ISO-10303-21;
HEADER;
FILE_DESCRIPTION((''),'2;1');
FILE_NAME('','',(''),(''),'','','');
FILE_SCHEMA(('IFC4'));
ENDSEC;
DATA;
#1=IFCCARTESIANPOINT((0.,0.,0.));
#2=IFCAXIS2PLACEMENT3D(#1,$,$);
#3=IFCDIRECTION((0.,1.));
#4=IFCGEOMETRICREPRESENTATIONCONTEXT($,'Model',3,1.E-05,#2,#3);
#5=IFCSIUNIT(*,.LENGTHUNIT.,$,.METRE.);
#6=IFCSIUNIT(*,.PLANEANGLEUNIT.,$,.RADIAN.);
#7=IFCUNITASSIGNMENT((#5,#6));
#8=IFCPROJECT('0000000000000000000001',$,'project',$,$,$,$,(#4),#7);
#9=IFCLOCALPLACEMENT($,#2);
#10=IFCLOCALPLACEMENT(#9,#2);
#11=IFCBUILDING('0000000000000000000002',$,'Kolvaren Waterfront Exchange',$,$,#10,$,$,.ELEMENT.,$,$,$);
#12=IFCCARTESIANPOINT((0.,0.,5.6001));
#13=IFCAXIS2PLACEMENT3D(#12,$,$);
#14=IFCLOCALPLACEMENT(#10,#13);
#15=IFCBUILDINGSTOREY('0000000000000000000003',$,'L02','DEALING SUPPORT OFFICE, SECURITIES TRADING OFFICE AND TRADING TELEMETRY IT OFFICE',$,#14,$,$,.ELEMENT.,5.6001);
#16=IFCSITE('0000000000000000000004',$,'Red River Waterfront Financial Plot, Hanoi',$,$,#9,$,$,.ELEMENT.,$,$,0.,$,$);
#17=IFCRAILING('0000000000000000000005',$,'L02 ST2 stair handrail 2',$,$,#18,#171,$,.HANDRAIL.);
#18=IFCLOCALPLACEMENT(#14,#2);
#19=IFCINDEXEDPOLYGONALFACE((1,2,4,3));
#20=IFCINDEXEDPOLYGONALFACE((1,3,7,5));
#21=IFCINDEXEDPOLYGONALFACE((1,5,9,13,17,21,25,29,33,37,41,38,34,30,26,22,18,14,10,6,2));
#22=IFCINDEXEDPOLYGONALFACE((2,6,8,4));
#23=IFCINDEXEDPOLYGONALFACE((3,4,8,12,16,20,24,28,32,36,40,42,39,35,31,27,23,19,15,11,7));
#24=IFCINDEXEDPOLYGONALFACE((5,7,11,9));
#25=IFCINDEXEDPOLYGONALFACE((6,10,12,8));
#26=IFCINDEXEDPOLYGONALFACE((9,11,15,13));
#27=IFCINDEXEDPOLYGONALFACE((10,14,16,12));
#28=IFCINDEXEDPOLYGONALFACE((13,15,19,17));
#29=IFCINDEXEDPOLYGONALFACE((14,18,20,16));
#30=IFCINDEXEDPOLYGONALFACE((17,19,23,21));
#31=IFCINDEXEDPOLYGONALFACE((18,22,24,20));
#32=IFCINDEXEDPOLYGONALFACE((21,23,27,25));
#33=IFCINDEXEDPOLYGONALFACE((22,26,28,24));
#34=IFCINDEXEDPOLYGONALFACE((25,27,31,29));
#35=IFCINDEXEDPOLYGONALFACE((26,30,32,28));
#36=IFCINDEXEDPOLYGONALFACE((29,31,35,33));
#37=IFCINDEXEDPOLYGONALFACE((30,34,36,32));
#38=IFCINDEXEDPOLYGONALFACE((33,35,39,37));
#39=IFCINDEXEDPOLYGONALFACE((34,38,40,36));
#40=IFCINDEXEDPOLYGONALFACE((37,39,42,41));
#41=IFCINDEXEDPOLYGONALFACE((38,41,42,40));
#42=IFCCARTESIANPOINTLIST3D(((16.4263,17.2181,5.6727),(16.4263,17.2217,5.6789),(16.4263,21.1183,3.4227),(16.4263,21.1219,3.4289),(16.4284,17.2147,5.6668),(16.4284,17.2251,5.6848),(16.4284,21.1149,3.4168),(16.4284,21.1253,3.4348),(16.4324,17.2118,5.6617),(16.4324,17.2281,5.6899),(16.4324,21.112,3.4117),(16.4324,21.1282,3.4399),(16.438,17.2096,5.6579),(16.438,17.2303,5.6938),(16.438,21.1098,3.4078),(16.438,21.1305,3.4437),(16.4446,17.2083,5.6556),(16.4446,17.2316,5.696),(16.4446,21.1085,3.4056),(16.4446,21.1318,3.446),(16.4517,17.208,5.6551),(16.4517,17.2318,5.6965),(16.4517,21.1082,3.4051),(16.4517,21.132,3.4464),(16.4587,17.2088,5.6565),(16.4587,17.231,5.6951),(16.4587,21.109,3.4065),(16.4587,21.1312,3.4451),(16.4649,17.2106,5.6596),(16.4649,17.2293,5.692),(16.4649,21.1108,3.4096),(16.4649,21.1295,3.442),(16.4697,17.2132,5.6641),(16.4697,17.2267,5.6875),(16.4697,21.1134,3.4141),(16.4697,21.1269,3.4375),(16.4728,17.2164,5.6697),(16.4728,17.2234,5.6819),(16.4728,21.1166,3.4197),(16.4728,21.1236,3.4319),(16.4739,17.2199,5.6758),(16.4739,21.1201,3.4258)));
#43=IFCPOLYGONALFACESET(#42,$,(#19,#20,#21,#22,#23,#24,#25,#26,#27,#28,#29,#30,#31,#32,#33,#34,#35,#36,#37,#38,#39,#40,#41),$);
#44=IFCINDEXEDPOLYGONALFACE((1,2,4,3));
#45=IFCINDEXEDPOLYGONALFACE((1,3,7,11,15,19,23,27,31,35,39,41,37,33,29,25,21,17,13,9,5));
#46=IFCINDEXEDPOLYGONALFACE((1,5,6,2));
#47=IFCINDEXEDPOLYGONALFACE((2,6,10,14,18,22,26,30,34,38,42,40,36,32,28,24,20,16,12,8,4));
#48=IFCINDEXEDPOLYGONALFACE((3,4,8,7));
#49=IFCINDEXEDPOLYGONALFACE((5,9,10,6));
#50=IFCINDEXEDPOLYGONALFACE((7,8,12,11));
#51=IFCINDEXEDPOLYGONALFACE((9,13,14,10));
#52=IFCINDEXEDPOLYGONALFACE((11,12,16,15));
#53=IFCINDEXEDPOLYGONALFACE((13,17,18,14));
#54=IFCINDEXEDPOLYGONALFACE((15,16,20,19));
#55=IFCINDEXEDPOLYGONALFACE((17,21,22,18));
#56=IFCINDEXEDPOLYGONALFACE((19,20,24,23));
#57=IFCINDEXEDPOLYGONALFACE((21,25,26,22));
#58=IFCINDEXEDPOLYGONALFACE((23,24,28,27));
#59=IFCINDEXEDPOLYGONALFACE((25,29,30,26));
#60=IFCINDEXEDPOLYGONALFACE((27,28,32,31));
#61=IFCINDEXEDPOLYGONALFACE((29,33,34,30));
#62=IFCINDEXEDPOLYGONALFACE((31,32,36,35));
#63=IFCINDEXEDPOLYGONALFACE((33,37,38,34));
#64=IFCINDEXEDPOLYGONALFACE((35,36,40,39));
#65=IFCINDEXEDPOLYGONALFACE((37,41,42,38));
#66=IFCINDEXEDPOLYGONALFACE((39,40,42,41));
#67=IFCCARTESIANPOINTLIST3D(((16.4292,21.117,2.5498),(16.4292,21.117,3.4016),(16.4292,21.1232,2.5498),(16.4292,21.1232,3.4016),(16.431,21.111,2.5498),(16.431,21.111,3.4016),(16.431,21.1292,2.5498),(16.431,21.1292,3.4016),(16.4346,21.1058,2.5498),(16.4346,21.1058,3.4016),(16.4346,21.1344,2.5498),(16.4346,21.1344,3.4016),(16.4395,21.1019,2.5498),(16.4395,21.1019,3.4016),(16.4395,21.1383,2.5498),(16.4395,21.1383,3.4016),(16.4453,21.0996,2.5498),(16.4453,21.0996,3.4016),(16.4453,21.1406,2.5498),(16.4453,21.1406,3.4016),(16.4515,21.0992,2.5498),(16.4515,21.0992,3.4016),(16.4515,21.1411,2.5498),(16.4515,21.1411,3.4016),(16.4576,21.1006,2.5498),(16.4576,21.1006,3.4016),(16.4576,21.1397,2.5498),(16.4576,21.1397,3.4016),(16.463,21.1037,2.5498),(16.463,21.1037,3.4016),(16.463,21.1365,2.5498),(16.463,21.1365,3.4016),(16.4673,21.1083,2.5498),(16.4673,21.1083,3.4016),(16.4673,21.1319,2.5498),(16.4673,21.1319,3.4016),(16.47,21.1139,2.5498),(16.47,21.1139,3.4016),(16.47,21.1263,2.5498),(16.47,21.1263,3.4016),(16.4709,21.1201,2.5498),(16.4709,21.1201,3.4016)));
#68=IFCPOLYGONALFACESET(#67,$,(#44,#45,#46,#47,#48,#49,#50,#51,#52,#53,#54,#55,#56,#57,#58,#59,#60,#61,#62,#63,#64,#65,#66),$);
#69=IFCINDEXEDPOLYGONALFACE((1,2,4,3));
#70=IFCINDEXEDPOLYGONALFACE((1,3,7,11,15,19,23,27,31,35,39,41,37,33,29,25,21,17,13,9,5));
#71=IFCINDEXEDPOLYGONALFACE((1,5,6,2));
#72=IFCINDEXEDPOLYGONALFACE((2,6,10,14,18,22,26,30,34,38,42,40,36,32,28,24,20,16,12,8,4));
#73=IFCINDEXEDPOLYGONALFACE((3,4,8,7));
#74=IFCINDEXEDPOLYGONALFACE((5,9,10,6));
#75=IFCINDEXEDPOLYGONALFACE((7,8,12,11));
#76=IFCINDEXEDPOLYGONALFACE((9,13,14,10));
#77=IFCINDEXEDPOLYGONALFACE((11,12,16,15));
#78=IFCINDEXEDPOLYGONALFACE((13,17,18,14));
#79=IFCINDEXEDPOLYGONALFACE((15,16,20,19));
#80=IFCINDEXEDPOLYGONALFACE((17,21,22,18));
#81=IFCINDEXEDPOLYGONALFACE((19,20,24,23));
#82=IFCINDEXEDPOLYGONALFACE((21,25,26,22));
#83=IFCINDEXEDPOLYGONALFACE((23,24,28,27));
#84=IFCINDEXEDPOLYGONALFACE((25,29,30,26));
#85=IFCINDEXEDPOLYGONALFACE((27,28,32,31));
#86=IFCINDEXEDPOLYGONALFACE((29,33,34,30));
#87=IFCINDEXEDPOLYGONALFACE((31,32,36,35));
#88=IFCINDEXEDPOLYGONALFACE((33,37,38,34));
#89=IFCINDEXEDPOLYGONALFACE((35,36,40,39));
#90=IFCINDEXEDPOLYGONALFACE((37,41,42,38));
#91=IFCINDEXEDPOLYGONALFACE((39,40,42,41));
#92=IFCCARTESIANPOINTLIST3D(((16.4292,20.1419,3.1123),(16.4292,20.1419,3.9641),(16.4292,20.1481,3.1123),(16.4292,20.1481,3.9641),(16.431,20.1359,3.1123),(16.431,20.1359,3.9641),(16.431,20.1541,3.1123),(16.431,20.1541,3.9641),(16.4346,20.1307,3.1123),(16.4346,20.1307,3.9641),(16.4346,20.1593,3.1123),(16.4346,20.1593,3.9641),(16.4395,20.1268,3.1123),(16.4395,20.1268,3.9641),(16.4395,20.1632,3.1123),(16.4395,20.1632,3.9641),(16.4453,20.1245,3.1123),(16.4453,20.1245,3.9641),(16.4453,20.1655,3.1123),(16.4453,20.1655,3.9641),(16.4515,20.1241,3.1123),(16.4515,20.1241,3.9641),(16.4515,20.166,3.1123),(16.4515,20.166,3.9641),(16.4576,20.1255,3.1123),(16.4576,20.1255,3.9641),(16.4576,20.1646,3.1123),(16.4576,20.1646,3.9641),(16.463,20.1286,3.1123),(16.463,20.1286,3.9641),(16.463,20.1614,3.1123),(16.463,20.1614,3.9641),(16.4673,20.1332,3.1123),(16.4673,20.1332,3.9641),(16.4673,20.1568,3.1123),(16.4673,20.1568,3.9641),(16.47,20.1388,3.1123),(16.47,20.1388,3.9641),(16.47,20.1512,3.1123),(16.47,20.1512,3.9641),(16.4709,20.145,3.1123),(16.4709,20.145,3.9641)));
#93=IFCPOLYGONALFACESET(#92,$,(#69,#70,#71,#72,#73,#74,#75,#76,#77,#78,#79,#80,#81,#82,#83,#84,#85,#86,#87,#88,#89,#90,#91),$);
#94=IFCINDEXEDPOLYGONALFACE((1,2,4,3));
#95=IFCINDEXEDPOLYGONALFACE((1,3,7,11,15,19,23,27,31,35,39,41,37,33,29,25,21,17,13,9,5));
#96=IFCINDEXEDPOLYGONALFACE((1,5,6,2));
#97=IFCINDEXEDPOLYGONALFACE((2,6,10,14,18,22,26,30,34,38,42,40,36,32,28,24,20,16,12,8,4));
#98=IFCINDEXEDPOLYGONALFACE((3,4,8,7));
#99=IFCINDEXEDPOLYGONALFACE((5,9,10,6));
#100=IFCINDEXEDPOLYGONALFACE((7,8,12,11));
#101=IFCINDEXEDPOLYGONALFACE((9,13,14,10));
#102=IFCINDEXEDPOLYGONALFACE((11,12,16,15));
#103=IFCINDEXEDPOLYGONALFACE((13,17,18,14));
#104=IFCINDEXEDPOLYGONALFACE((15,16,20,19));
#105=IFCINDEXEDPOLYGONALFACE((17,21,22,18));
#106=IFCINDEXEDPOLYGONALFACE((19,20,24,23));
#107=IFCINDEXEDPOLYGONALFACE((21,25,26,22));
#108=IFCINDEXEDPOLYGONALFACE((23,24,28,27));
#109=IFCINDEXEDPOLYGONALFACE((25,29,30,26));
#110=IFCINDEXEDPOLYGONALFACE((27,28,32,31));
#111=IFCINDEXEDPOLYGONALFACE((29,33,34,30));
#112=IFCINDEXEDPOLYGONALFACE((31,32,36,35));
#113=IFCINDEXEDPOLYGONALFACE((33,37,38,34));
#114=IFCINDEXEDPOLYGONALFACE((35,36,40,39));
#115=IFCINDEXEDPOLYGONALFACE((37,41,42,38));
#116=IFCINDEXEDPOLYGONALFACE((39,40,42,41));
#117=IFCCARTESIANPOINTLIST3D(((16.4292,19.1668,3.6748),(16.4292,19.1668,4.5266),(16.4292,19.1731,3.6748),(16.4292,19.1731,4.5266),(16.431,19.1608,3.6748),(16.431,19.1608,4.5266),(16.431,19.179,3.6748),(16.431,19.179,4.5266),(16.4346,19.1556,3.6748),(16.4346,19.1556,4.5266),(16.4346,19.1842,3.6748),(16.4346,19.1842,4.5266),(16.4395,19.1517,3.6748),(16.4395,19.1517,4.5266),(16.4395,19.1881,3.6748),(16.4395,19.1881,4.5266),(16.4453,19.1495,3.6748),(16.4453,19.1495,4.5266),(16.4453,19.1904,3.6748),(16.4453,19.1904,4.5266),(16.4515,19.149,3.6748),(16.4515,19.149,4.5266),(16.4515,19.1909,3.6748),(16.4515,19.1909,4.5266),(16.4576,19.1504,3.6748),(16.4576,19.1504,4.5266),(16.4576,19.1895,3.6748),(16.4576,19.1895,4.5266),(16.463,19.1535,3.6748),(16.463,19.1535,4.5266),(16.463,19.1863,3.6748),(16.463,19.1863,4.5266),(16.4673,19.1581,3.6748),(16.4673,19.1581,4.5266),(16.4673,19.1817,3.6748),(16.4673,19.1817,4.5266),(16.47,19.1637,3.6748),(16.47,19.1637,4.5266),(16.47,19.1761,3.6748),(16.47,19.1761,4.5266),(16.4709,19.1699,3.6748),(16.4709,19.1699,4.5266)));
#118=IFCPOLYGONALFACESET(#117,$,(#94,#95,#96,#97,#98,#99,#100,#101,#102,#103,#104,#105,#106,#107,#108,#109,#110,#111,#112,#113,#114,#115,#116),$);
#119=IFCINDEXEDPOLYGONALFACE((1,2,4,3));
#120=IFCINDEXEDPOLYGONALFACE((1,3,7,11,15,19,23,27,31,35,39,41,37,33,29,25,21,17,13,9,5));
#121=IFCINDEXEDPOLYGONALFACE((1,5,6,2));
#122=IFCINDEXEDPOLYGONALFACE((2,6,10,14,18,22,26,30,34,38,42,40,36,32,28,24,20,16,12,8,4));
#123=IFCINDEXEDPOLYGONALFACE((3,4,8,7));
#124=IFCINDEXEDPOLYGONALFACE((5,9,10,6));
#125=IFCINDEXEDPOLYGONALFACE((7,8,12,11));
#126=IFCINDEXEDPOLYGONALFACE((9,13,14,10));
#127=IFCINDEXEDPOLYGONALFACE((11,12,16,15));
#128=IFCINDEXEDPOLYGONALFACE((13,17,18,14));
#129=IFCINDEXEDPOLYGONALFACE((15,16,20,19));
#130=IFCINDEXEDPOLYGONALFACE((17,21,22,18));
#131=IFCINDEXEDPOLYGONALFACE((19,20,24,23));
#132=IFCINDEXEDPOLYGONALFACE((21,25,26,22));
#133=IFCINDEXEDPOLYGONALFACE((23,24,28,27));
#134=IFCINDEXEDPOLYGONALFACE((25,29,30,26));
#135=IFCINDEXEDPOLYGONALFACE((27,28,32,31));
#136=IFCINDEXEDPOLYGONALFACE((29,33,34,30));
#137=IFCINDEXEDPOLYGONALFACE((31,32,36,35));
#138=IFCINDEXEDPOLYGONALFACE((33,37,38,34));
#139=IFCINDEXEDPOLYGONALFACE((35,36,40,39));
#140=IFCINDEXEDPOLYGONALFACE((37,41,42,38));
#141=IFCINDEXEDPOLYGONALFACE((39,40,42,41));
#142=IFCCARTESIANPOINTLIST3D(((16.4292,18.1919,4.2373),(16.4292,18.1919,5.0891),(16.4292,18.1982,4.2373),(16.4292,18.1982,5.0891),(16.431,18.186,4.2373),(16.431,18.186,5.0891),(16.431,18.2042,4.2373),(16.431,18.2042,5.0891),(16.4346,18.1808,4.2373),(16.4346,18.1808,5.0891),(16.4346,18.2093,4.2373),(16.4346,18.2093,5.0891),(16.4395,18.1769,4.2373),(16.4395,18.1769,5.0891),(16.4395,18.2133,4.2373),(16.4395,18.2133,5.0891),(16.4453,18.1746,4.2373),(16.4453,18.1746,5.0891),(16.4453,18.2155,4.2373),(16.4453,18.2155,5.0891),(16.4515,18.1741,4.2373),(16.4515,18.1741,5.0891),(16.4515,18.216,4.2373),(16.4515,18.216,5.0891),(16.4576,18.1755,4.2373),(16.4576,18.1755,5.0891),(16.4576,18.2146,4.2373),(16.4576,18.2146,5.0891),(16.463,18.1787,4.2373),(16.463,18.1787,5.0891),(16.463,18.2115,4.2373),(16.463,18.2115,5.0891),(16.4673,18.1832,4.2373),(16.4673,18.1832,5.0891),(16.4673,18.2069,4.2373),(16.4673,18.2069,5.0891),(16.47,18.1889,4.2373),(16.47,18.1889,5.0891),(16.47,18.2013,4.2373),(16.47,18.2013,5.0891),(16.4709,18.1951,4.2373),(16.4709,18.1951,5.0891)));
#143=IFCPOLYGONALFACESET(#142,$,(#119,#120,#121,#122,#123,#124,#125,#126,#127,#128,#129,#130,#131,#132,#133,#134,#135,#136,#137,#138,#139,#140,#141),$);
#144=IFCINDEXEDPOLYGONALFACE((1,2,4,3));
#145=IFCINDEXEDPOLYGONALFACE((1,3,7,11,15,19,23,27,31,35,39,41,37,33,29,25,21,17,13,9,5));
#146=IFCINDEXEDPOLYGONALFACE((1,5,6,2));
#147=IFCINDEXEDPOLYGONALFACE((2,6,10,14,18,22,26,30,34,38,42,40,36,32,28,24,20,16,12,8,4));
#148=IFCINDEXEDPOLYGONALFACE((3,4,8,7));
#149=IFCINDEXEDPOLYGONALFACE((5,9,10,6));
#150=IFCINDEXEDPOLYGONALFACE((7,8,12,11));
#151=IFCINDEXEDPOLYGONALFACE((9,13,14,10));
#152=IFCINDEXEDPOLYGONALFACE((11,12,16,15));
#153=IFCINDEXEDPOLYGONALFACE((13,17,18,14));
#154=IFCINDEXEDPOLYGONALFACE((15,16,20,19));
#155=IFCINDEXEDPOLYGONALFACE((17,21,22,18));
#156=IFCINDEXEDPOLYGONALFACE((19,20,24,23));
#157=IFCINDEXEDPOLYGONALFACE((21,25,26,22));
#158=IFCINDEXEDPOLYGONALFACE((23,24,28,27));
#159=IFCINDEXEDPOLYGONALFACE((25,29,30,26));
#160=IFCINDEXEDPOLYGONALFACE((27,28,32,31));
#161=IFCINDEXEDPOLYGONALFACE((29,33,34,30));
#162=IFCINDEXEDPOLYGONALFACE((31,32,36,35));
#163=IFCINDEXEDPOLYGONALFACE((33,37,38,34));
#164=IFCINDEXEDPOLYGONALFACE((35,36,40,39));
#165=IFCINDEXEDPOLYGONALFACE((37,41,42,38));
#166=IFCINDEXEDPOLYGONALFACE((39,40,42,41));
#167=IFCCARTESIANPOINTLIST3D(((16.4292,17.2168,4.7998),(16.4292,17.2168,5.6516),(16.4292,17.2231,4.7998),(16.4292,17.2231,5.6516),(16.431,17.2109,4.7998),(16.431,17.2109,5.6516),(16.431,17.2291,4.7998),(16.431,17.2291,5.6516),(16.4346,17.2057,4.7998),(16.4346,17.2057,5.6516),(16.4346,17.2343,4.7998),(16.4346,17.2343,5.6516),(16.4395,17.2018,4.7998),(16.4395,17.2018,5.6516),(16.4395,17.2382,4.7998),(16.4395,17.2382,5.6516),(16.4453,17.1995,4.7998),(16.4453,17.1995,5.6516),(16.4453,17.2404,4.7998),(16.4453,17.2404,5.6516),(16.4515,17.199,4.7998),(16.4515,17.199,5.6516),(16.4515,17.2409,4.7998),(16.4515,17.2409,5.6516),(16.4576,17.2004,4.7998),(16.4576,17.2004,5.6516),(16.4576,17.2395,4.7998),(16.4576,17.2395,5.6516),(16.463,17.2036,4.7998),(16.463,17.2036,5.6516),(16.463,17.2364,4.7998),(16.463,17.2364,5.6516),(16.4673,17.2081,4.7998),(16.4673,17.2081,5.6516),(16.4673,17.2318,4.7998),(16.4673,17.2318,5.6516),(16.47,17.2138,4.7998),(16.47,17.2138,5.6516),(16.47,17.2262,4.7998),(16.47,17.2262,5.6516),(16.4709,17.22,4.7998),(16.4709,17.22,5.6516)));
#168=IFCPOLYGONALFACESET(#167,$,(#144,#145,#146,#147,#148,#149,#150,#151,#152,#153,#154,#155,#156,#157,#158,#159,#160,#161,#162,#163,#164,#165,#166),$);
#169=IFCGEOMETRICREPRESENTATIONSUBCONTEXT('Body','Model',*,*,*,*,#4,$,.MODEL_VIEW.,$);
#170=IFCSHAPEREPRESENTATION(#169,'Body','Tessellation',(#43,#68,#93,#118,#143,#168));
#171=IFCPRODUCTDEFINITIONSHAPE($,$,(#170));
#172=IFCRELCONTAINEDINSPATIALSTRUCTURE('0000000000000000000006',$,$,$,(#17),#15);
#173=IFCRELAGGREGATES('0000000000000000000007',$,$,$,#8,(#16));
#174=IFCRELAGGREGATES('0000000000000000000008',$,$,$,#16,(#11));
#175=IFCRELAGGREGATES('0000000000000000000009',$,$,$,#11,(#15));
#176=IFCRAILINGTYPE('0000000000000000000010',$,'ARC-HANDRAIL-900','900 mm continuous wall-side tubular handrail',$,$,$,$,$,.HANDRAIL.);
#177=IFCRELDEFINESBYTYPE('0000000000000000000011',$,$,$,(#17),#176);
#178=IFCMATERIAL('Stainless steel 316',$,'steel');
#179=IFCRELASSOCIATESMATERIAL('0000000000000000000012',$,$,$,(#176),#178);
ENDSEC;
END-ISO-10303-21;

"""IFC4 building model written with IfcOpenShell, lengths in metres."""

from ifc_helpers import new_model, si_unit, direction, frame, origin, origin_2d, place, context, subcontext, project, spatial, circle, extrude, material, type_object, element, save


model = new_model("IFC4")

# Units and contexts
model_context = context("Model", 3, precision=1e-05, world=origin(), true_north=direction((0.0, 1.0)))
body_context = subcontext(model_context, "Body", "Model", "MODEL_VIEW")
ifc_project = project(units=[si_unit("LENGTHUNIT", "METRE"), si_unit("PLANEANGLEUNIT", "RADIAN")], contexts=[model_context])

# Site, building, storey
site_placement = place(None, origin())
site = spatial("IfcSite", under=ifc_project, at=site_placement, Name="Red River Waterfront Financial Plot, Hanoi", CompositionType="ELEMENT", RefElevation=0.0)
building_placement = place(site_placement, origin())
building = spatial("IfcBuilding", under=site, at=building_placement, Name="Kolvaren Waterfront Exchange", CompositionType="ELEMENT")
storey_placement = place(building_placement, frame((0.0, 0.0, 5.6001)))
storey = spatial("IfcBuildingStorey", under=building, at=storey_placement, Name="L02", Description="DEALING SUPPORT OFFICE, SECURITIES TRADING OFFICE AND TRADING TELEMETRY IT OFFICE", CompositionType="ELEMENT", Elevation=5.6001)

# Railing
ifc_material_1 = material(Name="Stainless steel 316", Category="steel")
railing_type_1 = type_object("IfcRailingType", Name="ARC-HANDRAIL-900", Description="900 mm continuous wall-side tubular handrail", PredefinedType="HANDRAIL", material=ifc_material_1)
railing_1_placement = place(storey_placement, frame((16.45, 21.1201, 2.5498)))
element("IfcRailing", 1, at=railing_1_placement, inside=storey, type_object=railing_type_1, Name="L02 ST2 stair handrail 2", PredefinedType="HANDRAIL", context=body_context, shape_type="SweptSolid", body=[
    extrude(circle(Radius=0.0239, at=origin_2d()), frame((0.0, 0.0, 0.876), z_axis=(0.0, -0.866194, 0.499708), x_axis=(1.0, 0.0, 0.0)), (0.0, 0.0, 1.0), 4.5027),
    extrude(circle(Radius=0.021, at=origin_2d()), origin(), (0.0, 0.0, 1.0), 0.8518),
    extrude(circle(Radius=0.021, at=origin_2d()), frame((0.0, -0.9751, 0.5625)), (0.0, 0.0, 1.0), 0.8518),
    extrude(circle(Radius=0.021, at=origin_2d()), frame((0.0, -1.9502, 1.125)), (0.0, 0.0, 1.0), 0.8518),
    extrude(circle(Radius=0.021, at=origin_2d()), frame((0.0, -2.925, 1.6875)), (0.0, 0.0, 1.0), 0.8518),
    extrude(circle(Radius=0.021, at=origin_2d()), frame((0.0, -3.9001, 2.25)), (0.0, 0.0, 1.0), 0.8518),
])

save(model, "model.ifc")
